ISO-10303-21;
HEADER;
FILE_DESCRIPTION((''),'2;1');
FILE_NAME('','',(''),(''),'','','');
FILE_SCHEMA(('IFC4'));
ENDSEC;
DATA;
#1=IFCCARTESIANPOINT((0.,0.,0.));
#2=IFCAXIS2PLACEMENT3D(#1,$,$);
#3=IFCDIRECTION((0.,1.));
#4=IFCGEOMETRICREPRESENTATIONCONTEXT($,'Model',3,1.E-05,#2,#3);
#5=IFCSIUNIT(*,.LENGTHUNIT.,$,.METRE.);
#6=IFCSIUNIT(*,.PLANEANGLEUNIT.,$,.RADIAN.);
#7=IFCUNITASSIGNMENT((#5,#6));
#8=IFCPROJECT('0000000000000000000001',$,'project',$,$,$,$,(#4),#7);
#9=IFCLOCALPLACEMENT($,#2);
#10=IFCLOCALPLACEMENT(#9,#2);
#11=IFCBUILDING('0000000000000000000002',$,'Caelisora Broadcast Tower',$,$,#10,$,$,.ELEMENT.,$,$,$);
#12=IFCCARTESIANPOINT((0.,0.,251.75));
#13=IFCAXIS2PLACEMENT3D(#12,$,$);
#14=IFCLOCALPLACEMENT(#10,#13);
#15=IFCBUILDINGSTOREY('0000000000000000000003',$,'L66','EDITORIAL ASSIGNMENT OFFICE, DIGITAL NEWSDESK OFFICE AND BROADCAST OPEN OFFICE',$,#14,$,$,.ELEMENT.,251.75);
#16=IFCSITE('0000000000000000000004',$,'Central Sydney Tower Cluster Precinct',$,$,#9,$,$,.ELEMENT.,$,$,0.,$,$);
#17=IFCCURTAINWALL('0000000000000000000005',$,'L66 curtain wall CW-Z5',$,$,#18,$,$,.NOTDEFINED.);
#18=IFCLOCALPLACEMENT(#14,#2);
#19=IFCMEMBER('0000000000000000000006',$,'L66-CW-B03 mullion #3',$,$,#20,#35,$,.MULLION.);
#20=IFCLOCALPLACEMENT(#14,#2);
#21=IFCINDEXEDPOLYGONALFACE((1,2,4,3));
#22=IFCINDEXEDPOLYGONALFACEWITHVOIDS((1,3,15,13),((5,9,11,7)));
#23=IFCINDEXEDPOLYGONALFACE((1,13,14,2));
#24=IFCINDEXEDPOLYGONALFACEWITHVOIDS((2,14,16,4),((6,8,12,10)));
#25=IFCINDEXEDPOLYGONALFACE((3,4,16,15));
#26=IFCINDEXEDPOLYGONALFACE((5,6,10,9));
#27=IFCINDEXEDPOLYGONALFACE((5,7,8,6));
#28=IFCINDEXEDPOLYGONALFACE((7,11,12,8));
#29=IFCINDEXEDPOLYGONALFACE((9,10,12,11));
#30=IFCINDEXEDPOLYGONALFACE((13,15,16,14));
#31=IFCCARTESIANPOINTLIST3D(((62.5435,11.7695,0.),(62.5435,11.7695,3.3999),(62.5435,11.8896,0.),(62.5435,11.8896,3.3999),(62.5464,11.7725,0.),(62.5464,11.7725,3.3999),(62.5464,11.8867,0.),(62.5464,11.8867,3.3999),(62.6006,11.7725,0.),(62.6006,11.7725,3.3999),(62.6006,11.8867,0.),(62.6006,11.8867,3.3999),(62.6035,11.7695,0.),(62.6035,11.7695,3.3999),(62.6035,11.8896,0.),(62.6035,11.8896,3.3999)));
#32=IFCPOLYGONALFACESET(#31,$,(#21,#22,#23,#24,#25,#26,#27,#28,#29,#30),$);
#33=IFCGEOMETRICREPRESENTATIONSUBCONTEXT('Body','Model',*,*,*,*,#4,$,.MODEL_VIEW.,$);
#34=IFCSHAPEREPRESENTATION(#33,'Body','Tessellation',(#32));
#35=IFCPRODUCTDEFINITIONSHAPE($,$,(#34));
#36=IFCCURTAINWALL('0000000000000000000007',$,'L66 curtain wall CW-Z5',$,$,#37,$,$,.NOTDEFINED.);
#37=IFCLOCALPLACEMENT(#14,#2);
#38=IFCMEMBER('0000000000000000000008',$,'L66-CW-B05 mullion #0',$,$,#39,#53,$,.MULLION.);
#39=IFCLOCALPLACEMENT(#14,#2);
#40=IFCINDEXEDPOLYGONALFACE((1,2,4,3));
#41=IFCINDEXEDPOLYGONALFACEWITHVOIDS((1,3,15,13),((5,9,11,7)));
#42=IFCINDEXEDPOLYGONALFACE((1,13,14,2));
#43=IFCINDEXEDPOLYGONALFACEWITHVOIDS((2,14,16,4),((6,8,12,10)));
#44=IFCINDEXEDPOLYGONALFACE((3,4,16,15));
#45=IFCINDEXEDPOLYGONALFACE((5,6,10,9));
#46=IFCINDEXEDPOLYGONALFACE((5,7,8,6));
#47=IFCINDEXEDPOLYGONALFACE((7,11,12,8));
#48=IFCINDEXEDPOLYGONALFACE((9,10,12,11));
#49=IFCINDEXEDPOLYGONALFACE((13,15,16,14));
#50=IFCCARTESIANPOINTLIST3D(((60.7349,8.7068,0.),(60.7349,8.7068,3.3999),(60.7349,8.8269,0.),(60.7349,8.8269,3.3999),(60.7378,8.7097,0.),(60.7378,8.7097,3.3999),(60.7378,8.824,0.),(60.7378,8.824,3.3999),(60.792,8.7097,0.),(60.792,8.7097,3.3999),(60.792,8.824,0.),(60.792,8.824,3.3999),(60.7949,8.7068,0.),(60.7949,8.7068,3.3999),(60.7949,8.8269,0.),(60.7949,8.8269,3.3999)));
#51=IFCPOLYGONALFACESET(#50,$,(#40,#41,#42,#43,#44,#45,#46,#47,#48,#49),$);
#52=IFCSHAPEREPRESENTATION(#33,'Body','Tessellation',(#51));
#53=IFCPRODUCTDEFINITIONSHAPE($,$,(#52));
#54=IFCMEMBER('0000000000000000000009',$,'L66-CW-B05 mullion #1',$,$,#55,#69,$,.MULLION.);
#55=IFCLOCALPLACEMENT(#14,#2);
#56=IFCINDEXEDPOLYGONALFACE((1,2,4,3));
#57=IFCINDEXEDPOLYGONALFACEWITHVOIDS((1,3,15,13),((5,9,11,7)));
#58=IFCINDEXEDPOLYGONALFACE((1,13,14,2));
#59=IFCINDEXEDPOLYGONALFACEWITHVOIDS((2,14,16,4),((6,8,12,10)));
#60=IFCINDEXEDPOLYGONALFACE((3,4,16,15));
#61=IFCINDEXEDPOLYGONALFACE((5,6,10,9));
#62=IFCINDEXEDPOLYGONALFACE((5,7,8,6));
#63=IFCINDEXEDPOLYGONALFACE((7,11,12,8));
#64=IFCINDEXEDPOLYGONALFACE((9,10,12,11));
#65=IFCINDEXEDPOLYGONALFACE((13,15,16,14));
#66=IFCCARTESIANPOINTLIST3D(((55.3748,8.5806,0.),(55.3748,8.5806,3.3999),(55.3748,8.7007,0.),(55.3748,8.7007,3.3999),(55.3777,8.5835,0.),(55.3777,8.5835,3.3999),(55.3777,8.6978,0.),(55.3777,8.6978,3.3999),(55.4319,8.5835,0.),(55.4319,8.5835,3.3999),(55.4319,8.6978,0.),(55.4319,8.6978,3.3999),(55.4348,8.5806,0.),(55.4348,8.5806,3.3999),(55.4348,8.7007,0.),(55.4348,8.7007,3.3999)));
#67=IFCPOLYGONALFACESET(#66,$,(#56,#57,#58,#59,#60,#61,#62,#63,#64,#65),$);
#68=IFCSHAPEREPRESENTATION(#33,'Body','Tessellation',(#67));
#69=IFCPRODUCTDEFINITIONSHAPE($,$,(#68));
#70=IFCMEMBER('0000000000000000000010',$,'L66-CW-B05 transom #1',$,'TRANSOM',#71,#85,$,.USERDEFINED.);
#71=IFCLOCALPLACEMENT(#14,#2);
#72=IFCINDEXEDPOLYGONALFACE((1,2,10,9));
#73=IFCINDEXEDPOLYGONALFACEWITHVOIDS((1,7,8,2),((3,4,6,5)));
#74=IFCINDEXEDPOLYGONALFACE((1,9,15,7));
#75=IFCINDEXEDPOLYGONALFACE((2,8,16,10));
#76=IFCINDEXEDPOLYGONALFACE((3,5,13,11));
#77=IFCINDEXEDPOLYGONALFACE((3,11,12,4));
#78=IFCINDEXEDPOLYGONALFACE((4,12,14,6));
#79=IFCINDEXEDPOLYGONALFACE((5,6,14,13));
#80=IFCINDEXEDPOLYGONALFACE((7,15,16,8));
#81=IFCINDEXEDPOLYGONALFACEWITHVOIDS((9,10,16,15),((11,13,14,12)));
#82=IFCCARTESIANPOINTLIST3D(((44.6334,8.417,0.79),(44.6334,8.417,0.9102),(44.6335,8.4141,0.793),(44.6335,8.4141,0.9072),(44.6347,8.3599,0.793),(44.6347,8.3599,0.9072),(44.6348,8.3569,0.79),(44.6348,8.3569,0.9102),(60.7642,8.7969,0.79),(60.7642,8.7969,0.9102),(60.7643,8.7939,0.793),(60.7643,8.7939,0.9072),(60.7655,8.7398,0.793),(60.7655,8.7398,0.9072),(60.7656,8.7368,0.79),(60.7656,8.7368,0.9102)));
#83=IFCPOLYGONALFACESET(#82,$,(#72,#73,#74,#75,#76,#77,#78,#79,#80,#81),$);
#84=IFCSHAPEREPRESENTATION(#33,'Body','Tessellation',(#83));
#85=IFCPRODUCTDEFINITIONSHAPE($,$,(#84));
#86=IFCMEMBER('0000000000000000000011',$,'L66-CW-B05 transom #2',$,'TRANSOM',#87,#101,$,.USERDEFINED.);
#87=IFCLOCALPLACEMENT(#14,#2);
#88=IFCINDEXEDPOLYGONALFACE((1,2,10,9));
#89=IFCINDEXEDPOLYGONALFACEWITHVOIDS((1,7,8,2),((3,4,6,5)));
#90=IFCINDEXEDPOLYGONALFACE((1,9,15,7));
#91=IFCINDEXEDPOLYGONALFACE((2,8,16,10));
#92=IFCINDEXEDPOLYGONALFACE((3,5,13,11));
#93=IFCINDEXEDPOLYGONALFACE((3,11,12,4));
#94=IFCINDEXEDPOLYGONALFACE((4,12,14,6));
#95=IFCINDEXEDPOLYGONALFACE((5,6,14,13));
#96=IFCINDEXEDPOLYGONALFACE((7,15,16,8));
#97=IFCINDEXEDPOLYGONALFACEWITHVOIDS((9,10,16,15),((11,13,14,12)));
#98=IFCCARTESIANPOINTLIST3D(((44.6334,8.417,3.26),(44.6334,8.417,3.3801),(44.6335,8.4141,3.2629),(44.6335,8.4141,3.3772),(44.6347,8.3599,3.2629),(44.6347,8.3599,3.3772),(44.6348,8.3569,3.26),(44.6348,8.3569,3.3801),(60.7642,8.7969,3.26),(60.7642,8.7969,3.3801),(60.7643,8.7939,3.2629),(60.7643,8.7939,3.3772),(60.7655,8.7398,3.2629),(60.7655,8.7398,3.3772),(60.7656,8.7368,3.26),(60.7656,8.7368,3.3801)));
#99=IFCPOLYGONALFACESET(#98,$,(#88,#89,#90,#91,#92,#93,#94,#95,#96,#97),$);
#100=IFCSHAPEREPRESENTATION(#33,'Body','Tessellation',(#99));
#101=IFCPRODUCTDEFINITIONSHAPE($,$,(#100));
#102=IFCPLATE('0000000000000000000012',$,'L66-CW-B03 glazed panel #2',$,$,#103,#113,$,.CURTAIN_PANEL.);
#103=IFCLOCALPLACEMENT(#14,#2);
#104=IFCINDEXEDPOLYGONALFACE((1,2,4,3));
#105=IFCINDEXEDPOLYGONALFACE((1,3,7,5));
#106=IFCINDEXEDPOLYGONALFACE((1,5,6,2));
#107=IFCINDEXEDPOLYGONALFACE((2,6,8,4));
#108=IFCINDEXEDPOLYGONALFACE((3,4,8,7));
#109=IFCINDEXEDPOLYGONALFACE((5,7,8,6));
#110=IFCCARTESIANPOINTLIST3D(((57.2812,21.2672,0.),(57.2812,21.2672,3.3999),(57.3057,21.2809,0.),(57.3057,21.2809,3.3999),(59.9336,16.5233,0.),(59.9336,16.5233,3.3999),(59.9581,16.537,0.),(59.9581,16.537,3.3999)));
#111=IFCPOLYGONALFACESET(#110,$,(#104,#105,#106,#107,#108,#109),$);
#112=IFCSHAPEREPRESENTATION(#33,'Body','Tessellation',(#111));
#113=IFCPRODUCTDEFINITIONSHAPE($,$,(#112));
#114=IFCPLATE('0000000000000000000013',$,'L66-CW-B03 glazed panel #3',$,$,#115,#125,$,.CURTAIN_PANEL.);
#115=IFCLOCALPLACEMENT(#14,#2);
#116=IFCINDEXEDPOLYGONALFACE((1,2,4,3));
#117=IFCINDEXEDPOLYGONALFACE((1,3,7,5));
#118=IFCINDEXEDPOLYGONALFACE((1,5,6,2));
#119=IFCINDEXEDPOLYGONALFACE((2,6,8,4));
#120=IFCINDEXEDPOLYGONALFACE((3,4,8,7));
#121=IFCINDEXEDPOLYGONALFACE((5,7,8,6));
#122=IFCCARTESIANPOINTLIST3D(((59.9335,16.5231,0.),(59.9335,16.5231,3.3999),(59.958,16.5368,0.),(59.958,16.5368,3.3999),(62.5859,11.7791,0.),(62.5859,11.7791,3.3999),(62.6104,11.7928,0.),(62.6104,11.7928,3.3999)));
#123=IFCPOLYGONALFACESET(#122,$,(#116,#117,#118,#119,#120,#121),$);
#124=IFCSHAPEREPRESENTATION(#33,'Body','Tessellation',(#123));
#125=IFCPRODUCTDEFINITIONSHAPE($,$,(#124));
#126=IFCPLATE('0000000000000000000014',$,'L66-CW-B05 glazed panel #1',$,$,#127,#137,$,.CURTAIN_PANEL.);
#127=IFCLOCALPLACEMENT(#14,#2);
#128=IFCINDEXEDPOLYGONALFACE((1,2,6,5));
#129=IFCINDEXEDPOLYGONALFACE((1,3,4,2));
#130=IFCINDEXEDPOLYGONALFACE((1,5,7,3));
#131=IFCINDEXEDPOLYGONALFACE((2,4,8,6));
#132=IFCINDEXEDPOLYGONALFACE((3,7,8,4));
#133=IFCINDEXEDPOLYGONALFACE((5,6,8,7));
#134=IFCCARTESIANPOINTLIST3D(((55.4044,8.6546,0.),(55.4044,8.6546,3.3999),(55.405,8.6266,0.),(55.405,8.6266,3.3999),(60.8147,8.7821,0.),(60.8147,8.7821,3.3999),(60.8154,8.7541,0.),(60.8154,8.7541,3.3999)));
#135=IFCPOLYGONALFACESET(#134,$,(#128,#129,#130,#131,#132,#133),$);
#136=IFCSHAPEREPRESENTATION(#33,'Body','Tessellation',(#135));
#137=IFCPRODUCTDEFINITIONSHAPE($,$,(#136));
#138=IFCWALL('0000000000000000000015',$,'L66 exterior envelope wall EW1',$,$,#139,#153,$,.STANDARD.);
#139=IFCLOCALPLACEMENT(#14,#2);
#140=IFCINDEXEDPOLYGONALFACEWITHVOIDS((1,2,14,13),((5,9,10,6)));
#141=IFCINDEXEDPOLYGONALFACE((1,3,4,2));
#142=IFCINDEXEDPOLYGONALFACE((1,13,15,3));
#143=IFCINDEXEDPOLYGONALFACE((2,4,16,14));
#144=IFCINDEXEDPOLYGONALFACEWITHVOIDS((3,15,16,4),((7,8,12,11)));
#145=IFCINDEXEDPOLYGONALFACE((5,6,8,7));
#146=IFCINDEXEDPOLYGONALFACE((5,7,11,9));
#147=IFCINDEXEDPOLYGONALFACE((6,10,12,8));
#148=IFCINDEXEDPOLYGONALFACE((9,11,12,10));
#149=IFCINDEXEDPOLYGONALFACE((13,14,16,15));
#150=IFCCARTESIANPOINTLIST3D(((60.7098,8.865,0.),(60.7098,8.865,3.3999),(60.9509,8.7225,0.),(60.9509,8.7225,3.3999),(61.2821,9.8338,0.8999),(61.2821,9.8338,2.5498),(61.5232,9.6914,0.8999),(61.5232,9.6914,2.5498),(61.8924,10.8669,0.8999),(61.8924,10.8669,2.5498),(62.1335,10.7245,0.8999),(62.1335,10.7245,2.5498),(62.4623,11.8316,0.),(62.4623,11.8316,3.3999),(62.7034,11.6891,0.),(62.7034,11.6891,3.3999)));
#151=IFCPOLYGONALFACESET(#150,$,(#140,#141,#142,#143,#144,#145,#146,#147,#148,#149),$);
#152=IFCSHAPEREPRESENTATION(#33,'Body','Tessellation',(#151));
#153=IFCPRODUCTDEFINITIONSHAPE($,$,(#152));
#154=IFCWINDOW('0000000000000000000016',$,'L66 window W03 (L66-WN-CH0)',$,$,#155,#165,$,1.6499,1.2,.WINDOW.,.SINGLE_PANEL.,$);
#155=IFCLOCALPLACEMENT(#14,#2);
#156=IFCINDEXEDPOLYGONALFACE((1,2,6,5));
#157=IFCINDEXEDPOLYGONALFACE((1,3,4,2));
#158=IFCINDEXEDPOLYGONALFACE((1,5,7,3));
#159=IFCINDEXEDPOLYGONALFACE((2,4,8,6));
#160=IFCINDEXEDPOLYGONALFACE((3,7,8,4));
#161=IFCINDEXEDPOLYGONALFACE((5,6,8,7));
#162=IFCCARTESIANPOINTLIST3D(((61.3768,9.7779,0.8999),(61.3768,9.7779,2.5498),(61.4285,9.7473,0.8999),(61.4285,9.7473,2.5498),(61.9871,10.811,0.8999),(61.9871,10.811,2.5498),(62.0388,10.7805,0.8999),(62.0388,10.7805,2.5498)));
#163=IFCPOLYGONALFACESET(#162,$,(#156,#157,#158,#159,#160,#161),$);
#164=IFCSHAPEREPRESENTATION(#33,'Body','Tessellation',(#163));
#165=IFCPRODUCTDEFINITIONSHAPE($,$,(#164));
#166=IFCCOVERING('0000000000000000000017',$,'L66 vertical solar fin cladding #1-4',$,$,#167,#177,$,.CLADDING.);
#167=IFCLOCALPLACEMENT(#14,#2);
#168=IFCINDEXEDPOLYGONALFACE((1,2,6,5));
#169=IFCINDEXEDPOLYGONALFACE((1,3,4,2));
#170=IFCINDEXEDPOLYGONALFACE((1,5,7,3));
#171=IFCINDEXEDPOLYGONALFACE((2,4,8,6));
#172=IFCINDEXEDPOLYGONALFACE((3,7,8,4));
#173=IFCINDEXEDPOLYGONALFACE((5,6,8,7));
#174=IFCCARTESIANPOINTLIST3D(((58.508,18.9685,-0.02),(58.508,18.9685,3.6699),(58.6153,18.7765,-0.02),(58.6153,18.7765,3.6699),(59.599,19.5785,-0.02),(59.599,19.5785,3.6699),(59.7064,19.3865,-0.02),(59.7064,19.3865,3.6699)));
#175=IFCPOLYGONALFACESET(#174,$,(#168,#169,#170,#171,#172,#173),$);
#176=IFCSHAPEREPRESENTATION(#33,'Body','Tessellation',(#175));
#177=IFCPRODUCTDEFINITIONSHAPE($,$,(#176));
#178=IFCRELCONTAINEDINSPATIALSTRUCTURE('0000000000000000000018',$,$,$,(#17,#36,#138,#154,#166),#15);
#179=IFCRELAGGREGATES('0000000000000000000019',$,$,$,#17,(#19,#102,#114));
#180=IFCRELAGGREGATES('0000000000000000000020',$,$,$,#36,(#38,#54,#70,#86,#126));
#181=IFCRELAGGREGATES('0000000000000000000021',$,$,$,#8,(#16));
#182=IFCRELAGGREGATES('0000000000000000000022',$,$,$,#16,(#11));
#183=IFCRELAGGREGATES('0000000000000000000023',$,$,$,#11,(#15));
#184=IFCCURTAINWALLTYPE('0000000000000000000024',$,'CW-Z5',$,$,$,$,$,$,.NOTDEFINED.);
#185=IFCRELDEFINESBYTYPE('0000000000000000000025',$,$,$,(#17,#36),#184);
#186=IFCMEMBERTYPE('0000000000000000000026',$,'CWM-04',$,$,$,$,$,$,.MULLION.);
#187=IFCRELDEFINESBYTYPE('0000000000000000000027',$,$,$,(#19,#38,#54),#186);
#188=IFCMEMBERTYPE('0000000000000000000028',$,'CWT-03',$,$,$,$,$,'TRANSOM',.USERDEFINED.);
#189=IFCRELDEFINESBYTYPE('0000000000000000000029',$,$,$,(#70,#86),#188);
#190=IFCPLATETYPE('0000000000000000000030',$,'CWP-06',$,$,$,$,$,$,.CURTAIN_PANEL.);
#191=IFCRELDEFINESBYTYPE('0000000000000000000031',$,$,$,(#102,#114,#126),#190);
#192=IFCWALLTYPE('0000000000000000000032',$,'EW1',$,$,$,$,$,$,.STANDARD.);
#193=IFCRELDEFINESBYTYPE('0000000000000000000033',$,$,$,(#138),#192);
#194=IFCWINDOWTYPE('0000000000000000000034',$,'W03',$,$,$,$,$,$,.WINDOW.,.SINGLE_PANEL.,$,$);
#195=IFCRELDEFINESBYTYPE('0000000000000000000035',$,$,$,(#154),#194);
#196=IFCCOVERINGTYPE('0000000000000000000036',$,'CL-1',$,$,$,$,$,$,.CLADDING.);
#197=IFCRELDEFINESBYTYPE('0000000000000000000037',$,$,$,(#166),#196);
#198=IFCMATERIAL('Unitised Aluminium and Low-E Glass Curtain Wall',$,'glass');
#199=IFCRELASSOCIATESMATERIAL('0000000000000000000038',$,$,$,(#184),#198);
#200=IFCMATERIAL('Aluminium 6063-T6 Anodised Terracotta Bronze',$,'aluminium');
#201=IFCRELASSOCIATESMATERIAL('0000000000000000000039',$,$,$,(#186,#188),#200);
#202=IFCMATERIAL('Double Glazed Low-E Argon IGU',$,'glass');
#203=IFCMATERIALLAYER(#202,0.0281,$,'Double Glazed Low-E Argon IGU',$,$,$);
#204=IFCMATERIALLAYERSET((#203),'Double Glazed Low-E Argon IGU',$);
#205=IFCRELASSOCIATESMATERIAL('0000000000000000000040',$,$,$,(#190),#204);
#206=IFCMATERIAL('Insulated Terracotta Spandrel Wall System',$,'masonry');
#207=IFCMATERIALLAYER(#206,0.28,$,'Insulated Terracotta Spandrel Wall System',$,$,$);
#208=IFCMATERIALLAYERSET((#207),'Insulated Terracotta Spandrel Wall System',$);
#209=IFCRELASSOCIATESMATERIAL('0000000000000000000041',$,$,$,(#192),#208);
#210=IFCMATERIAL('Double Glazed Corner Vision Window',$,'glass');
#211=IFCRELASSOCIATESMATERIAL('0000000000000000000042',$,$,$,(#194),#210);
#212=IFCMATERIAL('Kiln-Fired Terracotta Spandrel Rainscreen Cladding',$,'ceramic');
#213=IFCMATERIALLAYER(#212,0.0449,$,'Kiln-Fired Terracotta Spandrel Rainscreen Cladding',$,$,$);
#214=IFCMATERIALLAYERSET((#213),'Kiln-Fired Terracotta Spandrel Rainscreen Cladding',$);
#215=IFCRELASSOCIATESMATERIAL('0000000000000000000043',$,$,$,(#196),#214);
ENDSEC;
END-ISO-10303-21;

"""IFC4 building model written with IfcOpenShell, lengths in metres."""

from ifc_helpers import new_model, si_unit, direction, frame, frame_2d, origin, origin_2d, place, context, subcontext, project, spatial, rectangle, hollow_rectangle, extrude, source, transform, mapped, material, layer, layer_set, material_profile, profile_set, type_object, type_shapes, element, fill, aggregate, save


model = new_model("IFC4")

# Units and contexts
model_context = context("Model", 3, precision=1e-05, world=origin(), true_north=direction((0.0, 1.0)))
body_context = subcontext(model_context, "Body", "Model", "MODEL_VIEW")
ifc_project = project(units=[si_unit("LENGTHUNIT", "METRE"), si_unit("PLANEANGLEUNIT", "RADIAN")], contexts=[model_context])

# Site, building, storey
site_placement = place(None, origin())
site = spatial("IfcSite", under=ifc_project, at=site_placement, Name="Central Sydney Tower Cluster Precinct", CompositionType="ELEMENT", RefElevation=0.0)
building_placement = place(site_placement, origin())
building = spatial("IfcBuilding", under=site, at=building_placement, Name="Caelisora Broadcast Tower", CompositionType="ELEMENT")
storey_placement = place(building_placement, frame((0.0, 0.0, 251.75)))
storey = spatial("IfcBuildingStorey", under=building, at=storey_placement, Name="L66", Description="EDITORIAL ASSIGNMENT OFFICE, DIGITAL NEWSDESK OFFICE AND BROADCAST OPEN OFFICE", CompositionType="ELEMENT", Elevation=251.75)

# Curtain walls, members
ifc_material_1 = material(Name="Unitised Aluminium and Low-E Glass Curtain Wall", Category="glass")
curtain_wall_type = type_object("IfcCurtainWallType", Name="CW-Z5", PredefinedType="NOTDEFINED", material=ifc_material_1)
curtain_wall_1_placement = place(storey_placement, origin())
curtain_wall_1 = element("IfcCurtainWall", 1, at=curtain_wall_1_placement, inside=storey, type_object=curtain_wall_type, Name="L66 curtain wall CW-Z5", PredefinedType="NOTDEFINED")
ifc_material_2 = material(Name="Aluminium 6063-T6 Anodised Terracotta Bronze", Category="aluminium")
ifc_material_profile_1 = material_profile(ifc_material_2, hollow_rectangle(XDim=0.0601, YDim=0.1201, WallThickness=0.0029, at=origin_2d()), Name="Aluminium 6063-T6 Anodised Terracotta Bronze")
ifc_profile_set_1 = profile_set([ifc_material_profile_1], Name="Aluminium 6063-T6 Anodised Terracotta Bronze")
member_type_1 = type_object("IfcMemberType", Name="CWM-04", PredefinedType="MULLION", material=ifc_profile_set_1)
shared_shape_1 = source(origin(), body_context, "Body", "SweptSolid", [
    extrude(hollow_rectangle(XDim=0.0601, YDim=0.1201, WallThickness=0.0029, at=origin_2d()), origin(), (0.0, 0.0, 1.0), 3.3999),
])
type_shapes(member_type_1, [shared_shape_1])
member_1_placement = place(storey_placement, frame((62.5735, 11.8296, 0.0), z_axis=(0.0, 0.0, 1.0), x_axis=(1.0, 0.0, 0.0)))
member_1 = element("IfcMember", 2, at=member_1_placement, type_object=member_type_1, Name="L66-CW-B03 mullion #3", PredefinedType="MULLION", context=body_context, shape_type="MappedRepresentation", body=[
    mapped(shared_shape_1, transform((0.0, 0.0, 0.0), scale=1.0)),
])
curtain_wall_2_placement = place(storey_placement, origin())
curtain_wall_2 = element("IfcCurtainWall", 3, at=curtain_wall_2_placement, inside=storey, type_object=curtain_wall_type, Name="L66 curtain wall CW-Z5", PredefinedType="NOTDEFINED")
member_2_placement = place(storey_placement, frame((60.7649, 8.7668, 0.0), z_axis=(0.0, 0.0, 1.0), x_axis=(1.0, 0.0, 0.0)))
member_2 = element("IfcMember", 4, at=member_2_placement, type_object=member_type_1, Name="L66-CW-B05 mullion #0", PredefinedType="MULLION", context=body_context, shape_type="MappedRepresentation", body=[
    mapped(shared_shape_1, transform((0.0, 0.0, 0.0), scale=1.0)),
])
member_3_placement = place(storey_placement, frame((55.4048, 8.6406, 0.0), z_axis=(0.0, 0.0, 1.0), x_axis=(1.0, 0.0, 0.0)))
member_3 = element("IfcMember", 5, at=member_3_placement, type_object=member_type_1, Name="L66-CW-B05 mullion #1", PredefinedType="MULLION", context=body_context, shape_type="MappedRepresentation", body=[
    mapped(shared_shape_1, transform((0.0, 0.0, 0.0), scale=1.0)),
])
ifc_material_profile_2 = material_profile(ifc_material_2, hollow_rectangle(XDim=0.0601, YDim=0.1201, WallThickness=0.0029, at=origin_2d()), Name="Aluminium 6063-T6 Anodised Terracotta Bronze")
ifc_profile_set_2 = profile_set([ifc_material_profile_2], Name="Aluminium 6063-T6 Anodised Terracotta Bronze")
member_type_2 = type_object("IfcMemberType", Name="CWT-03", ElementType="TRANSOM", PredefinedType="USERDEFINED", material=ifc_profile_set_2)
shared_shape_2 = source(origin(), body_context, "Body", "SweptSolid", [
    extrude(hollow_rectangle(XDim=0.0601, YDim=0.1201, WallThickness=0.0029, at=origin_2d()), origin(), (0.0, 0.0, 1.0), 16.1353),
])
type_shapes(member_type_2, [shared_shape_2])
member_4_placement = place(storey_placement, frame((60.7649, 8.7668, 0.8501), z_axis=(-0.999723, -0.023544, 0.0), x_axis=(0.023544, -0.999723, 0.0)))
member_4 = element("IfcMember", 6, at=member_4_placement, type_object=member_type_2, Name="L66-CW-B05 transom #1", ObjectType="TRANSOM", PredefinedType="USERDEFINED", context=body_context, shape_type="MappedRepresentation", body=[
    mapped(shared_shape_2, transform((0.0, 0.0, 0.0), scale=1.0)),
])
member_5_placement = place(storey_placement, frame((60.7649, 8.7668, 3.3201), z_axis=(-0.999723, -0.023544, 0.0), x_axis=(0.023544, -0.999723, 0.0)))
member_5 = element("IfcMember", 7, at=member_5_placement, type_object=member_type_2, Name="L66-CW-B05 transom #2", ObjectType="TRANSOM", PredefinedType="USERDEFINED", context=body_context, shape_type="MappedRepresentation", body=[
    mapped(shared_shape_2, transform((0.0, 0.0, 0.0), scale=1.0)),
])

# Plates
ifc_material_3 = material(Name="Double Glazed Low-E Argon IGU", Category="glass")
ifc_layer_1 = layer(ifc_material_3, 0.0281, Name="Double Glazed Low-E Argon IGU")
ifc_layer_set_1 = layer_set([ifc_layer_1], Name="Double Glazed Low-E Argon IGU")
plate_type = type_object("IfcPlateType", Name="CWP-06", PredefinedType="CURTAIN_PANEL", material=ifc_layer_set_1)
shared_shape_3 = source(origin(), body_context, "Body", "SweptSolid", [
    extrude(rectangle(XDim=5.4351, YDim=0.0281, at=origin_2d()), origin(), (0.0, 0.0, 1.0), 3.3999),
])
plate_1_placement = place(storey_placement, frame((58.6196, 18.9021, 0.0), z_axis=(0.0, 0.0, 1.0), x_axis=(0.488012, -0.872837, 0.0)))
plate_1 = element("IfcPlate", 8, at=plate_1_placement, type_object=plate_type, Name="L66-CW-B03 glazed panel #2", PredefinedType="CURTAIN_PANEL", context=body_context, shape_type="MappedRepresentation", body=[
    mapped(shared_shape_3, transform((0.0, 0.0, 0.0), scale=1.0)),
])
plate_2_placement = place(storey_placement, frame((61.272, 14.158, 0.0), z_axis=(0.0, 0.0, 1.0), x_axis=(0.488012, -0.872837, 0.0)))
plate_2 = element("IfcPlate", 9, at=plate_2_placement, type_object=plate_type, Name="L66-CW-B03 glazed panel #3", PredefinedType="CURTAIN_PANEL", context=body_context, shape_type="MappedRepresentation", body=[
    mapped(shared_shape_3, transform((0.0, 0.0, 0.0), scale=1.0)),
])
aggregate(curtain_wall_1, [member_1, plate_1, plate_2])
shared_shape_4 = source(origin(), body_context, "Body", "SweptSolid", [
    extrude(rectangle(XDim=5.4119, YDim=0.0281, at=origin_2d()), origin(), (0.0, 0.0, 1.0), 3.3999),
])
type_shapes(plate_type, [shared_shape_3, shared_shape_4])
plate_3_placement = place(storey_placement, frame((58.1099, 8.7043, 0.0), z_axis=(0.0, 0.0, 1.0), x_axis=(-0.999722, -0.02356, 0.0)))
plate_3 = element("IfcPlate", 10, at=plate_3_placement, type_object=plate_type, Name="L66-CW-B05 glazed panel #1", PredefinedType="CURTAIN_PANEL", context=body_context, shape_type="MappedRepresentation", body=[
    mapped(shared_shape_4, transform((0.0, 0.0, 0.0), scale=1.0)),
])
aggregate(curtain_wall_2, [member_2, member_3, member_4, member_5, plate_3])

# Wall, opening, window
ifc_material_4 = material(Name="Insulated Terracotta Spandrel Wall System", Category="masonry")
ifc_layer_2 = layer(ifc_material_4, 0.28, Name="Insulated Terracotta Spandrel Wall System")
ifc_layer_set_2 = layer_set([ifc_layer_2], Name="Insulated Terracotta Spandrel Wall System")
wall_type = type_object("IfcWallType", Name="EW1", PredefinedType="STANDARD", material=ifc_layer_set_2)
wall_placement = place(storey_placement, frame((62.5828, 11.7603, 0.0), z_axis=(0.0, 0.0, 1.0), x_axis=(-0.508617, -0.860993, 0.0)))
wall = element("IfcWall", 11, at=wall_placement, inside=storey, type_object=wall_type, Name="L66 exterior envelope wall EW1", PredefinedType="STANDARD", context=body_context, shape_type="SweptSolid", body=[
    extrude(rectangle(XDim=3.4456, YDim=0.28, at=frame_2d((1.7227, 0.0))), origin(), (0.0, 0.0, 1.0), 3.3999),
])
opening_placement = place(wall_placement, frame((1.1201, 0.0, 0.8999)))
opening = element("IfcOpeningElement", 12, at=opening_placement, cuts=wall, PredefinedType="OPENING", context=body_context, shape_type="SweptSolid", body=[
    extrude(rectangle(XDim=1.2, YDim=1.6499, at=frame_2d((0.6001, 0.825))), frame((0.0, 0.1521, 0.0), z_axis=(0.0, -1.0, 0.0), x_axis=(1.0, 0.0, 0.0)), (0.0, 0.0, 1.0), 0.304),
])
ifc_material_5 = material(Name="Double Glazed Corner Vision Window", Category="glass")
window_type = type_object("IfcWindowType", Name="W03", PartitioningType="SINGLE_PANEL", PredefinedType="WINDOW", material=ifc_material_5)
window_placement = place(opening_placement, origin())
window = element("IfcWindow", 13, at=window_placement, inside=storey, type_object=window_type, Name="L66 window W03 (L66-WN-CH0)", OverallHeight=1.6499, OverallWidth=1.2, PartitioningType="SINGLE_PANEL", PredefinedType="WINDOW", context=body_context, shape_type="SweptSolid", body=[
    extrude(rectangle(XDim=1.2, YDim=1.6499, at=frame_2d((0.6001, 0.825))), frame((0.0, 0.03, 0.0), z_axis=(0.0, -1.0, 0.0), x_axis=(1.0, 0.0, 0.0)), (0.0, 0.0, 1.0), 0.0601),
])
fill(opening, window)

# Covering
ifc_material_6 = material(Name="Kiln-Fired Terracotta Spandrel Rainscreen Cladding", Category="ceramic")
ifc_layer_3 = layer(ifc_material_6, 0.0449, Name="Kiln-Fired Terracotta Spandrel Rainscreen Cladding")
ifc_layer_set_3 = layer_set([ifc_layer_3], Name="Kiln-Fired Terracotta Spandrel Rainscreen Cladding")
covering_type = type_object("IfcCoveringType", Name="CL-1", PredefinedType="CLADDING", material=ifc_layer_set_3)
shared_shape_5 = source(origin(), body_context, "Body", "SweptSolid", [
    extrude(rectangle(XDim=0.22, YDim=1.25, at=origin_2d()), origin(), (0.0, 0.0, 1.0), 3.6899),
])
type_shapes(covering_type, [shared_shape_5])
for number, where, z_axis, x_axis, name in (
    (14, (59.1072, 19.1775, -0.02), (0.0, 0.0, 1.0), (0.488012, -0.872837, 0.0), "L66 vertical solar fin cladding #1-4"),
):
    element("IfcCovering", number, at=place(storey_placement, frame(where, z_axis=z_axis, x_axis=x_axis)), inside=storey, type_object=covering_type, Name=name, PredefinedType="CLADDING", context=body_context, shape_type="MappedRepresentation", body=[
        mapped(shared_shape_5, transform((0.0, 0.0, 0.0), scale=1.0)),
    ])

save(model, "model.ifc")
